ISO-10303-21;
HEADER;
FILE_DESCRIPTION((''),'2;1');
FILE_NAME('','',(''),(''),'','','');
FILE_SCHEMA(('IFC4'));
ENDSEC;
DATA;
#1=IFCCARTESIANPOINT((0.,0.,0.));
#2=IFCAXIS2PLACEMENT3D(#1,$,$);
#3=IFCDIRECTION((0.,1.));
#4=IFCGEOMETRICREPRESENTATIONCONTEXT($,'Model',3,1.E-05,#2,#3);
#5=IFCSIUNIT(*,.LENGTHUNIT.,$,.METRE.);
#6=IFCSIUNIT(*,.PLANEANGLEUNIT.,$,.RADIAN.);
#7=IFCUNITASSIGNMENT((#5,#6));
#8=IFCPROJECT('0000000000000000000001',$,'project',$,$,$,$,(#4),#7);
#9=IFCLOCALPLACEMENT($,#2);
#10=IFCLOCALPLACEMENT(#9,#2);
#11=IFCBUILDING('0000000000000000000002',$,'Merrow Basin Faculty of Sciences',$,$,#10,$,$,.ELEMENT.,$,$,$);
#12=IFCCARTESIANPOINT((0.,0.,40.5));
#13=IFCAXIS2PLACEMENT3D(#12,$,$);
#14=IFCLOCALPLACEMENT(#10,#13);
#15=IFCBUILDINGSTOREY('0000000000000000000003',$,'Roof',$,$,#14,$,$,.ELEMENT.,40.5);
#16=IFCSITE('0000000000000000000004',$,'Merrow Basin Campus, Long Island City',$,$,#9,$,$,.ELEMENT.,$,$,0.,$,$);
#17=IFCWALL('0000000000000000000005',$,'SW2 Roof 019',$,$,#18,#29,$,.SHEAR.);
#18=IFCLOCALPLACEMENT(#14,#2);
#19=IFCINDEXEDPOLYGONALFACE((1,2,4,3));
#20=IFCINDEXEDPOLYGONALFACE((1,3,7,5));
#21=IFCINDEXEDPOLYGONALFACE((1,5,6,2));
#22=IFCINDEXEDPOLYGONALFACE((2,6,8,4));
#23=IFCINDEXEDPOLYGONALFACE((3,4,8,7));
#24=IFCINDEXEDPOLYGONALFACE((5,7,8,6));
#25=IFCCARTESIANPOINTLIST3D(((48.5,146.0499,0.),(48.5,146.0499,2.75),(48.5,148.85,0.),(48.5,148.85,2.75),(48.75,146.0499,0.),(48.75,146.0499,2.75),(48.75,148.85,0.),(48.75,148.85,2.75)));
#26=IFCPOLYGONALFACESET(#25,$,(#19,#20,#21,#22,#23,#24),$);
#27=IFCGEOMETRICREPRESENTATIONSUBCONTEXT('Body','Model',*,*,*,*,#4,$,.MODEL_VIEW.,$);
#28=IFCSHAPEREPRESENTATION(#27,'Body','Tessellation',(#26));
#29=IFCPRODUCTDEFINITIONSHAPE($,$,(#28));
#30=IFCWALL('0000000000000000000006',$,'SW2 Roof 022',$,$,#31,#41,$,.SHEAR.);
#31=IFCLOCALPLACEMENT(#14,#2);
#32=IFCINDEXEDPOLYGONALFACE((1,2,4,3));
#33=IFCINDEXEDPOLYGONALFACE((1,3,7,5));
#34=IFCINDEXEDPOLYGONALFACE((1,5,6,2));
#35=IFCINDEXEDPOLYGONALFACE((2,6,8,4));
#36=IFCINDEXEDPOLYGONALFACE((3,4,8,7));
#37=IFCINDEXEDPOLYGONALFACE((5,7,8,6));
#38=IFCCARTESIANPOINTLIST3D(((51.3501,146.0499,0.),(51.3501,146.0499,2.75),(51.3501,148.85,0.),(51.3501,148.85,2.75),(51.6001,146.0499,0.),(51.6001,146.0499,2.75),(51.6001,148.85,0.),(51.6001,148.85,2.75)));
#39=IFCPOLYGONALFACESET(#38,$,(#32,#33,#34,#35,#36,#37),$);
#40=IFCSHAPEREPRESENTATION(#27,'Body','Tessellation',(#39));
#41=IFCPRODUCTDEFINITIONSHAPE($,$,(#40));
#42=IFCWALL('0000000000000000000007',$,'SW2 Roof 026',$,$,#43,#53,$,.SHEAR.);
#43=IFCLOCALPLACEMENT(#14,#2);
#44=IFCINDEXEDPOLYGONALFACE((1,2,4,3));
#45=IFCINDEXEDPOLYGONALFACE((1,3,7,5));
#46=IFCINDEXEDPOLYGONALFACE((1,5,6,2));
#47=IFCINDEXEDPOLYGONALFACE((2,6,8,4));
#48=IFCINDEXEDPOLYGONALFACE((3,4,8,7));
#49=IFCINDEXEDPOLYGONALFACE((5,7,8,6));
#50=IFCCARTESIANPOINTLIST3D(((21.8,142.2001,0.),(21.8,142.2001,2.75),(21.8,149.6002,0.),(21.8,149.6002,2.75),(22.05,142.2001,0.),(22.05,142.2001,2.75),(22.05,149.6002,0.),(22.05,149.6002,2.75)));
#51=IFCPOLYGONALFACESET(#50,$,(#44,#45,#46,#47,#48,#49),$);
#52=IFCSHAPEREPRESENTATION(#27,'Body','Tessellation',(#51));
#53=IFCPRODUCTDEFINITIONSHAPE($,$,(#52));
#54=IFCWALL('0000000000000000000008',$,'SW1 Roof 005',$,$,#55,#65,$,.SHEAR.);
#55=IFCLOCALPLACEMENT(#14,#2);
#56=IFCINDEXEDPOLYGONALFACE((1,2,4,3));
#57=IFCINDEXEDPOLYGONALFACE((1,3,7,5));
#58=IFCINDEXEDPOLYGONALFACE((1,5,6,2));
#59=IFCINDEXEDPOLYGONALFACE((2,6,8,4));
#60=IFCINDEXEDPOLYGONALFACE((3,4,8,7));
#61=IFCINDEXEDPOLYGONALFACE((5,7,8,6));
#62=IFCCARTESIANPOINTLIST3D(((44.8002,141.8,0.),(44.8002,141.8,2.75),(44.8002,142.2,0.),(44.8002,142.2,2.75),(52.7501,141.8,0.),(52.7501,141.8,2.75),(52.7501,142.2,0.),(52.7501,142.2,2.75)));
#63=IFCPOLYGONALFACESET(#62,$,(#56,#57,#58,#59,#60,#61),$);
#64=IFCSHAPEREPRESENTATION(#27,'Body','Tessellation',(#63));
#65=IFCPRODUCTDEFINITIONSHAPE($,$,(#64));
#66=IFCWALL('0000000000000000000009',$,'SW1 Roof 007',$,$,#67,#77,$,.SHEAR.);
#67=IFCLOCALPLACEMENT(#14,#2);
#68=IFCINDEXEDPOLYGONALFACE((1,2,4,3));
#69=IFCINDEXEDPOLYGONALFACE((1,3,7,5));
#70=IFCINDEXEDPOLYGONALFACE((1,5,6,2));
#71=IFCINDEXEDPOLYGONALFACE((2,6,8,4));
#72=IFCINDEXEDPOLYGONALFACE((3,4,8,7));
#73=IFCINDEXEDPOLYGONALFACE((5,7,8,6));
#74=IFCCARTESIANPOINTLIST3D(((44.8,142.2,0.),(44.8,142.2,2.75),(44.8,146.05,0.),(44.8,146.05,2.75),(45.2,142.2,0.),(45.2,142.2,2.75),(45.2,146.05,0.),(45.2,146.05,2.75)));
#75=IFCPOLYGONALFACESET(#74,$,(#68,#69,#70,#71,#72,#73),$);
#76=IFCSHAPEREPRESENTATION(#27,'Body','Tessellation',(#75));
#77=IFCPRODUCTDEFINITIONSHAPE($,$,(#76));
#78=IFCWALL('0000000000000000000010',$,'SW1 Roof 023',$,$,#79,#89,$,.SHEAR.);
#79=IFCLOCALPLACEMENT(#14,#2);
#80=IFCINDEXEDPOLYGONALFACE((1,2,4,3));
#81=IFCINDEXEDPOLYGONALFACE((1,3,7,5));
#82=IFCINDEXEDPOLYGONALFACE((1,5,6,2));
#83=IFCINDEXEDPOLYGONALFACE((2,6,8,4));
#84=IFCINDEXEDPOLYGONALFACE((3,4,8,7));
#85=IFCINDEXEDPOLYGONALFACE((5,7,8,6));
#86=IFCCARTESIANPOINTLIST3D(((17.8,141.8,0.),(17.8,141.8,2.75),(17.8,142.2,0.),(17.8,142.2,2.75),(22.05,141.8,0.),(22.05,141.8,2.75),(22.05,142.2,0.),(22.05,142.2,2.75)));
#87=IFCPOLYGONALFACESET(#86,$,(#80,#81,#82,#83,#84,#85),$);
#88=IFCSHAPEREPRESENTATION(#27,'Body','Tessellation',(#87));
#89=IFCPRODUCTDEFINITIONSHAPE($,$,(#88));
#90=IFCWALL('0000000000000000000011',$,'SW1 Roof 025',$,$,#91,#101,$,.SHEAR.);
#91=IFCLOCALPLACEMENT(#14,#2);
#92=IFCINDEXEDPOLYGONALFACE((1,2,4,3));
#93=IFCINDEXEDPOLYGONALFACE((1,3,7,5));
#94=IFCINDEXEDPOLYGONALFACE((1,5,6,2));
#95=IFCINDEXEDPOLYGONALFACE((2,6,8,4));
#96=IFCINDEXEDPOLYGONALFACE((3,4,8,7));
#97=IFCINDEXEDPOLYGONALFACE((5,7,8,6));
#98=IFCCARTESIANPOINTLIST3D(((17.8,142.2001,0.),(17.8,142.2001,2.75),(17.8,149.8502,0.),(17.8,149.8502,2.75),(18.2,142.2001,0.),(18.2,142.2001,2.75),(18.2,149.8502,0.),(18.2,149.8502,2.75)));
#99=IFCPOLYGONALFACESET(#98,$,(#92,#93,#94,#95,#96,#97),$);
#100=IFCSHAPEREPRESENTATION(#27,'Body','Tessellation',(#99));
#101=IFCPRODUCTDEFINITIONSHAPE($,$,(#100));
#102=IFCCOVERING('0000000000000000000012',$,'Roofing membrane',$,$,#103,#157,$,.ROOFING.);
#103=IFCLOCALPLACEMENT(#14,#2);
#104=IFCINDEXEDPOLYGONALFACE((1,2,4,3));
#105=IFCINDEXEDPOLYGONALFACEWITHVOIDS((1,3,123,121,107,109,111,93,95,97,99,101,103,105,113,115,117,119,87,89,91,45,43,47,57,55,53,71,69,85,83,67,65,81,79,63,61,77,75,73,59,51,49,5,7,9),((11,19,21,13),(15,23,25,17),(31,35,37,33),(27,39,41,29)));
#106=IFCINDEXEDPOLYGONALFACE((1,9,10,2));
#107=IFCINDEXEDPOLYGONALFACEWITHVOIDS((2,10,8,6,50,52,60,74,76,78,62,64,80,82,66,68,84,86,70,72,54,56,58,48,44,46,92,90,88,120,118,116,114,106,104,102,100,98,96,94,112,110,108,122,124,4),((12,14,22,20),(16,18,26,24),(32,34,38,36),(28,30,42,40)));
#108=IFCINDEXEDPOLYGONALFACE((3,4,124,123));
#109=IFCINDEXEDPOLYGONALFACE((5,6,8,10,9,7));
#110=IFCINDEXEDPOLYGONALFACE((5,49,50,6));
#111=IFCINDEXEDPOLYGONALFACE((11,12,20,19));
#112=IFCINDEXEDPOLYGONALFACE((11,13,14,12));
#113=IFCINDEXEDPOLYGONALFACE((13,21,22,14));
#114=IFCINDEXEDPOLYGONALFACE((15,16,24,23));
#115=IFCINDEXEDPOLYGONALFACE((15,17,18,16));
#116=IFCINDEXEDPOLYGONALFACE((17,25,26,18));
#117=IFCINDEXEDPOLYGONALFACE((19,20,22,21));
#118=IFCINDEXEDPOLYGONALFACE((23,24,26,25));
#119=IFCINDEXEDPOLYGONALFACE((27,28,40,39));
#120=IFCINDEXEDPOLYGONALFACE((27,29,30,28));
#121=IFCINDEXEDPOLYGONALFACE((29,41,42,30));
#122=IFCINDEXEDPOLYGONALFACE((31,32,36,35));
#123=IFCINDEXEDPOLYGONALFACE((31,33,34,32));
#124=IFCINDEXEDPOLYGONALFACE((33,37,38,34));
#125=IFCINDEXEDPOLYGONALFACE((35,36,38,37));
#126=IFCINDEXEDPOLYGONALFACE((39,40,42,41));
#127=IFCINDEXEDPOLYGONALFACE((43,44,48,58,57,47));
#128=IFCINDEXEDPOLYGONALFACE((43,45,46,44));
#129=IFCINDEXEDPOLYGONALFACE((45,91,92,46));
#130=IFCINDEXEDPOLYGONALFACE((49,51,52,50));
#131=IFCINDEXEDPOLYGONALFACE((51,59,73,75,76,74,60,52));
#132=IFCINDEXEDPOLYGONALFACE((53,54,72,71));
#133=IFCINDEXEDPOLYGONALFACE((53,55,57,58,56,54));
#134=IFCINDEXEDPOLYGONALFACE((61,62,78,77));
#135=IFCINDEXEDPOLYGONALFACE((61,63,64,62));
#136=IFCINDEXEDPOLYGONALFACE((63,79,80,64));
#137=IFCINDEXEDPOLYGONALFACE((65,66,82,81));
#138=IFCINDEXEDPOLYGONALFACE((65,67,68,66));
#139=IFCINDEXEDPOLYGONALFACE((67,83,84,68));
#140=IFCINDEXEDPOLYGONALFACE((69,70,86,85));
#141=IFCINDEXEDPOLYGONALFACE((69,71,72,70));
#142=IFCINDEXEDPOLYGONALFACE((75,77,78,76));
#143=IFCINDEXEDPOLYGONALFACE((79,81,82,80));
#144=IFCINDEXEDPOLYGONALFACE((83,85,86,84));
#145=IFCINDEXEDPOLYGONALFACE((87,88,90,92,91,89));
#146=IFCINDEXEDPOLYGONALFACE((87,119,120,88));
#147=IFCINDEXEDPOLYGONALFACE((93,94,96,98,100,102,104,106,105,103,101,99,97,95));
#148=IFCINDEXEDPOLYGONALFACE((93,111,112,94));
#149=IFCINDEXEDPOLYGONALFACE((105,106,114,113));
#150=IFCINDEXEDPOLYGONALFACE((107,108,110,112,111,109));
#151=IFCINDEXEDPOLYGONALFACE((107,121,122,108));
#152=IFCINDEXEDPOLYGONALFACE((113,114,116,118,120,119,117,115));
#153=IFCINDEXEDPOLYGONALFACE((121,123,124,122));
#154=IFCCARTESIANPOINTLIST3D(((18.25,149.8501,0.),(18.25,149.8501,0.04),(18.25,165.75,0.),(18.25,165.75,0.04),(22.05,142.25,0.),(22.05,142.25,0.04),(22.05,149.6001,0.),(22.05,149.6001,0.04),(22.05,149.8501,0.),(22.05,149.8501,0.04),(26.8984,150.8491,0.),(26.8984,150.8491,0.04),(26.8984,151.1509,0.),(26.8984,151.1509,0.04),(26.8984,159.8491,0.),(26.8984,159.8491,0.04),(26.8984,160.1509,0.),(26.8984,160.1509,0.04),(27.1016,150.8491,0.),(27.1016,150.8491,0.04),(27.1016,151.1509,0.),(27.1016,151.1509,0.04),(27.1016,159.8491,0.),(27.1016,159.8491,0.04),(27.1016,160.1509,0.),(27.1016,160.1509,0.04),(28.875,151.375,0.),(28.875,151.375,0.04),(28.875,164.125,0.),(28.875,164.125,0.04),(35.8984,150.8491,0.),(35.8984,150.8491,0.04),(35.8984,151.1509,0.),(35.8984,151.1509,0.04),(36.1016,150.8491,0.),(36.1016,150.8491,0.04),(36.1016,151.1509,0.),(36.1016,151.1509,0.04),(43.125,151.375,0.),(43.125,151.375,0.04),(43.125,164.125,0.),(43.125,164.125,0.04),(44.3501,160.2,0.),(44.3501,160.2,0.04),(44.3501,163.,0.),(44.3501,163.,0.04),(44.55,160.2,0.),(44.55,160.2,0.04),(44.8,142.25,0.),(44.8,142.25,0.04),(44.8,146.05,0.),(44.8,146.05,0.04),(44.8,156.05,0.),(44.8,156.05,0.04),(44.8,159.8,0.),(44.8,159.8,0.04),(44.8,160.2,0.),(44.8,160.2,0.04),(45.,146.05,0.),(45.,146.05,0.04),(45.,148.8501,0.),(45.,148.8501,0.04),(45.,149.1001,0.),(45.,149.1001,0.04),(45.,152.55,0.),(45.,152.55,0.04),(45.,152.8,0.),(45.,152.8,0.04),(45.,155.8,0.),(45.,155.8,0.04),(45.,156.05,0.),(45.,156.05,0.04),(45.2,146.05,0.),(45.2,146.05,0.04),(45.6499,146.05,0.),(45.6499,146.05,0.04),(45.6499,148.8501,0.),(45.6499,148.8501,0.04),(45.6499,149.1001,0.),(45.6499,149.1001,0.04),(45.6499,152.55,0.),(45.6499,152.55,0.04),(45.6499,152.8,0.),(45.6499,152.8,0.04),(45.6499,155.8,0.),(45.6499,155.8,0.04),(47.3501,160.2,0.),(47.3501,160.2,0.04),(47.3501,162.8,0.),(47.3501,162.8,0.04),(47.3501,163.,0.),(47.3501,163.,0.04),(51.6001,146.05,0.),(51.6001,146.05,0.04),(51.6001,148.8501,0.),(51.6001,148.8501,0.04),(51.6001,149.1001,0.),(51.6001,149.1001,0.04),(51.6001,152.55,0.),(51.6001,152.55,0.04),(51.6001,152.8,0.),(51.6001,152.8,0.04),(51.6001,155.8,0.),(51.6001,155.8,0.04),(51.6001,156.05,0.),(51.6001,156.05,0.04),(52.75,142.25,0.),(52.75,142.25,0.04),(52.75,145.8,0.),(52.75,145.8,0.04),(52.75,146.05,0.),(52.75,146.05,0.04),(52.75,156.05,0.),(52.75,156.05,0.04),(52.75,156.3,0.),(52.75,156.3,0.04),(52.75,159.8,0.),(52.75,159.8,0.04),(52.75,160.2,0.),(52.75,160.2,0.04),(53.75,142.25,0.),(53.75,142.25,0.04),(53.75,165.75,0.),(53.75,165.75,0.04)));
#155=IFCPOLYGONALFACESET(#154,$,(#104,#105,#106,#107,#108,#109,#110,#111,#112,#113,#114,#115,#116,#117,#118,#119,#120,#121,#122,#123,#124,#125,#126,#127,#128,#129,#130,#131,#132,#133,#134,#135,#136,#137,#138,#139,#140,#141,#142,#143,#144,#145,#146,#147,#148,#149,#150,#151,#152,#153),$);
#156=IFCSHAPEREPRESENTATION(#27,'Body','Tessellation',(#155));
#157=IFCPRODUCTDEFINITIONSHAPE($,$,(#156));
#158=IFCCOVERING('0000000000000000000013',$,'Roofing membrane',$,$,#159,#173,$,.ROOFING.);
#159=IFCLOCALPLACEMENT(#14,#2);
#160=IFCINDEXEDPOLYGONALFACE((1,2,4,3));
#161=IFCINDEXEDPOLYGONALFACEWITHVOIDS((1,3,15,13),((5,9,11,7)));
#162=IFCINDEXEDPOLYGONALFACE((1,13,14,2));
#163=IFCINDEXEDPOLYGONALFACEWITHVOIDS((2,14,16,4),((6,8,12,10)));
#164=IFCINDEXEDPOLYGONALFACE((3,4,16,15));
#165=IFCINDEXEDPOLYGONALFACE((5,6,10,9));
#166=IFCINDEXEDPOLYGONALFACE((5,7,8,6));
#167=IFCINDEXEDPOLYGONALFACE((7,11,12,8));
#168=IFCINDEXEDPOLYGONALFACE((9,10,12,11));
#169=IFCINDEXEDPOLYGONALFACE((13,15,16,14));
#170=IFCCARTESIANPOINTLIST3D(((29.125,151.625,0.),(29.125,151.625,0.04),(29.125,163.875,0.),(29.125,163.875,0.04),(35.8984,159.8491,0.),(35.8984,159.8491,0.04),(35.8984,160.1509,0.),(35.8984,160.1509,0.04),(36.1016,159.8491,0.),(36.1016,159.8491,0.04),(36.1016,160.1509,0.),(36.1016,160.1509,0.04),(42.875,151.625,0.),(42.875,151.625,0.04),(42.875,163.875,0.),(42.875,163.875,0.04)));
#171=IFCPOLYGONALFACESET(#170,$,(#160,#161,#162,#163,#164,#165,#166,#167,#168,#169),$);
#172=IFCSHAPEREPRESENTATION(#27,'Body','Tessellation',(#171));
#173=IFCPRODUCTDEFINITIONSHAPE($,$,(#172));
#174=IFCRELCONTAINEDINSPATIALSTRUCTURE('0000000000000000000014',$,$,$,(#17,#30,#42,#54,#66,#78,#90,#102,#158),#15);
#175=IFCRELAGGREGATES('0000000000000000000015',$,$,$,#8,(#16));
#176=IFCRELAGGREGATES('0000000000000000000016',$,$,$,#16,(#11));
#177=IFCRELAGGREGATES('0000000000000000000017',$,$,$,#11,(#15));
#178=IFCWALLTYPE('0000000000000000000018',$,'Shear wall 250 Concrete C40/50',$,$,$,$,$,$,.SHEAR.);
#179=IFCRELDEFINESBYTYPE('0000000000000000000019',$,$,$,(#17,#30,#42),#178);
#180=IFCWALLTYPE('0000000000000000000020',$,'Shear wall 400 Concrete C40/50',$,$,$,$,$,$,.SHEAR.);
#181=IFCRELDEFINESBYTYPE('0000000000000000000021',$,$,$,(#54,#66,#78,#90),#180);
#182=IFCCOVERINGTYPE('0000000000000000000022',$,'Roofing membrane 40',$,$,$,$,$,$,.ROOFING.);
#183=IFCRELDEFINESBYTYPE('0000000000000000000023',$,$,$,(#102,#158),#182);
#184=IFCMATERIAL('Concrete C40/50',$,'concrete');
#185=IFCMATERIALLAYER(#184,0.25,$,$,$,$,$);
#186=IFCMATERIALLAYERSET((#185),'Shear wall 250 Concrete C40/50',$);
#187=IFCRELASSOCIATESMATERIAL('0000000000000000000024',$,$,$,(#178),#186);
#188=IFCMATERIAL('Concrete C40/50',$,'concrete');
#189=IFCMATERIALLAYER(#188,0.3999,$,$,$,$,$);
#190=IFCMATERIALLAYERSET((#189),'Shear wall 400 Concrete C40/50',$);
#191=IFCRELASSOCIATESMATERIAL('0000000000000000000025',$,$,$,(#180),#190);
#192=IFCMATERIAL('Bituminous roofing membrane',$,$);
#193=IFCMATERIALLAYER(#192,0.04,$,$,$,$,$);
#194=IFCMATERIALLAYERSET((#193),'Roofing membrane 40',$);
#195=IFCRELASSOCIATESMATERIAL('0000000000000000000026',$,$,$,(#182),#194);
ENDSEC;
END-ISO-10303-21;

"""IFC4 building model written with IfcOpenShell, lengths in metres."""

from ifc_helpers import new_model, si_unit, direction, frame, frame_2d, origin, place, context, subcontext, project, spatial, polyline, rectangle, outline, extrude, material, layer, layer_set, type_object, element, save


model = new_model("IFC4")

# Units and contexts
model_context = context("Model", 3, precision=1e-05, world=origin(), true_north=direction((0.0, 1.0)))
body_context = subcontext(model_context, "Body", "Model", "MODEL_VIEW")
ifc_project = project(units=[si_unit("LENGTHUNIT", "METRE"), si_unit("PLANEANGLEUNIT", "RADIAN")], contexts=[model_context])

# Site, building, storey
site_placement = place(None, origin())
site = spatial("IfcSite", under=ifc_project, at=site_placement, Name="Merrow Basin Campus, Long Island City", CompositionType="ELEMENT", RefElevation=0.0)
building_placement = place(site_placement, origin())
building = spatial("IfcBuilding", under=site, at=building_placement, Name="Merrow Basin Faculty of Sciences", CompositionType="ELEMENT")
storey_placement = place(building_placement, frame((0.0, 0.0, 40.5)))
storey = spatial("IfcBuildingStorey", under=building, at=storey_placement, Name="Roof", CompositionType="ELEMENT", Elevation=40.5)

# Walls
ifc_material_1 = material(Name="Concrete C40/50", Category="concrete")
ifc_layer_1 = layer(ifc_material_1, 0.25)
ifc_layer_set_1 = layer_set([ifc_layer_1], Name="Shear wall 250 Concrete C40/50")
wall_type_1 = type_object("IfcWallType", Name="Shear wall 250 Concrete C40/50", PredefinedType="SHEAR", material=ifc_layer_set_1)
for number, where, z_axis, x_axis, name in (
    (1, (48.625, 146.05, 0.0), (0.0, 0.0, 1.0), (0.0, 1.0, 0.0), "SW2 Roof 019"),
    (2, (51.4751, 146.05, 0.0), (0.0, 0.0, 1.0), (0.0, 1.0, 0.0), "SW2 Roof 022"),
):
    element("IfcWall", number, at=place(storey_placement, frame(where, z_axis=z_axis, x_axis=x_axis)), inside=storey, type_object=wall_type_1, Name=name, PredefinedType="SHEAR", context=body_context, shape_type="SweptSolid", body=[
        extrude(rectangle(XDim=2.8, YDim=0.25, at=frame_2d((1.3999, 0.0))), origin(), (0.0, 0.0, 1.0), 2.75),
    ])
wall_1_placement = place(storey_placement, frame((21.925, 142.2, 0.0), z_axis=(0.0, 0.0, 1.0), x_axis=(0.0, 1.0, 0.0)))
element("IfcWall", 3, at=wall_1_placement, inside=storey, type_object=wall_type_1, Name="SW2 Roof 026", PredefinedType="SHEAR", context=body_context, shape_type="SweptSolid", body=[
    extrude(rectangle(XDim=7.4001, YDim=0.25, at=frame_2d((3.7002, 0.0))), origin(), (0.0, 0.0, 1.0), 2.75),
])
ifc_material_2 = material(Name="Concrete C40/50", Category="concrete")
ifc_layer_2 = layer(ifc_material_2, 0.3999)
ifc_layer_set_2 = layer_set([ifc_layer_2], Name="Shear wall 400 Concrete C40/50")
wall_type_2 = type_object("IfcWallType", Name="Shear wall 400 Concrete C40/50", PredefinedType="SHEAR", material=ifc_layer_set_2)
wall_2_placement = place(storey_placement, frame((44.8, 142.0, 0.0), z_axis=(0.0, 0.0, 1.0), x_axis=(1.0, 0.0, 0.0)))
element("IfcWall", 4, at=wall_2_placement, inside=storey, type_object=wall_type_2, Name="SW1 Roof 005", PredefinedType="SHEAR", context=body_context, shape_type="SweptSolid", body=[
    extrude(rectangle(XDim=7.95, YDim=0.3999, at=frame_2d((3.9751, 0.0))), origin(), (0.0, 0.0, 1.0), 2.75),
])
wall_3_placement = place(storey_placement, frame((45.0, 142.2, 0.0), z_axis=(0.0, 0.0, 1.0), x_axis=(0.0, 1.0, 0.0)))
element("IfcWall", 5, at=wall_3_placement, inside=storey, type_object=wall_type_2, Name="SW1 Roof 007", PredefinedType="SHEAR", context=body_context, shape_type="SweptSolid", body=[
    extrude(rectangle(XDim=3.8501, YDim=0.3999, at=frame_2d((1.925, 0.0))), origin(), (0.0, 0.0, 1.0), 2.75),
])
wall_4_placement = place(storey_placement, frame((17.8, 142.0, 0.0), z_axis=(0.0, 0.0, 1.0), x_axis=(1.0, 0.0, 0.0)))
element("IfcWall", 6, at=wall_4_placement, inside=storey, type_object=wall_type_2, Name="SW1 Roof 023", PredefinedType="SHEAR", context=body_context, shape_type="SweptSolid", body=[
    extrude(rectangle(XDim=4.25, YDim=0.3999, at=frame_2d((2.125, 0.0))), origin(), (0.0, 0.0, 1.0), 2.75),
])
wall_5_placement = place(storey_placement, frame((18.0, 142.2, 0.0), z_axis=(0.0, 0.0, 1.0), x_axis=(0.0, 1.0, 0.0)))
element("IfcWall", 7, at=wall_5_placement, inside=storey, type_object=wall_type_2, Name="SW1 Roof 025", PredefinedType="SHEAR", context=body_context, shape_type="SweptSolid", body=[
    extrude(rectangle(XDim=7.6501, YDim=0.3999, at=frame_2d((3.8252, 0.0))), origin(), (0.0, 0.0, 1.0), 2.75),
])

# Coverings
ifc_material_3 = material(Name="Bituminous roofing membrane")
ifc_layer_3 = layer(ifc_material_3, 0.04)
ifc_layer_set_3 = layer_set([ifc_layer_3], Name="Roofing membrane 40")
covering_type = type_object("IfcCoveringType", Name="Roofing membrane 40", PredefinedType="ROOFING", material=ifc_layer_set_3)
covering_1_placement = place(storey_placement, origin())
element("IfcCovering", 8, at=covering_1_placement, inside=storey, type_object=covering_type, Name="Roofing membrane", PredefinedType="ROOFING", context=body_context, shape_type="SweptSolid", body=[
    extrude(outline(polyline([(53.75, 142.25), (52.75, 142.25), (52.75, 145.8), (52.75, 146.05), (51.6001, 146.05), (51.6001, 148.8501), (51.6001, 149.1001), (51.6001, 152.55), (51.6001, 152.8), (51.6001, 155.8), (51.6001, 156.05), (52.75, 156.05), (52.75, 156.3), (52.75, 159.8), (52.75, 160.2), (47.3501, 160.2), (47.3501, 162.8), (47.3501, 163.0), (44.3501, 163.0), (44.3501, 160.2), (44.55, 160.2), (44.8, 160.2), (44.8, 159.8), (44.8, 156.05), (45.0, 156.05), (45.0, 155.8), (45.6499, 155.8), (45.6499, 152.8), (45.0, 152.8), (45.0, 152.55), (45.6499, 152.55), (45.6499, 149.1001), (45.0, 149.1001), (45.0, 148.8501), (45.6499, 148.8501), (45.6499, 146.05), (45.2, 146.05), (45.0, 146.05), (44.8, 146.05), (44.8, 142.25), (22.05, 142.25), (22.05, 149.6001), (22.05, 149.8501), (18.25, 149.8501), (18.25, 165.75), (53.75, 165.75), (53.75, 142.25)]), holes=[polyline([(26.8984, 150.8491), (27.1016, 150.8491), (27.1016, 151.1509), (26.8984, 151.1509), (26.8984, 150.8491)]), polyline([(36.1016, 150.8491), (36.1016, 151.1509), (35.8984, 151.1509), (35.8984, 150.8491), (36.1016, 150.8491)]), polyline([(28.875, 164.125), (28.875, 151.375), (43.125, 151.375), (43.125, 164.125), (28.875, 164.125)]), polyline([(26.8984, 159.8491), (27.1016, 159.8491), (27.1016, 160.1509), (26.8984, 160.1509), (26.8984, 159.8491)])]), origin(), (0.0, 0.0, 1.0), 0.04),
])
covering_2_placement = place(storey_placement, origin())
element("IfcCovering", 9, at=covering_2_placement, inside=storey, type_object=covering_type, Name="Roofing membrane", PredefinedType="ROOFING", context=body_context, shape_type="SweptSolid", body=[
    extrude(outline(polyline([(29.125, 163.875), (42.875, 163.875), (42.875, 151.625), (29.125, 151.625), (29.125, 163.875)]), holes=[polyline([(35.8984, 159.8491), (36.1016, 159.8491), (36.1016, 160.1509), (35.8984, 160.1509), (35.8984, 159.8491)])]), origin(), (0.0, 0.0, 1.0), 0.04),
])

save(model, "model.ifc")
